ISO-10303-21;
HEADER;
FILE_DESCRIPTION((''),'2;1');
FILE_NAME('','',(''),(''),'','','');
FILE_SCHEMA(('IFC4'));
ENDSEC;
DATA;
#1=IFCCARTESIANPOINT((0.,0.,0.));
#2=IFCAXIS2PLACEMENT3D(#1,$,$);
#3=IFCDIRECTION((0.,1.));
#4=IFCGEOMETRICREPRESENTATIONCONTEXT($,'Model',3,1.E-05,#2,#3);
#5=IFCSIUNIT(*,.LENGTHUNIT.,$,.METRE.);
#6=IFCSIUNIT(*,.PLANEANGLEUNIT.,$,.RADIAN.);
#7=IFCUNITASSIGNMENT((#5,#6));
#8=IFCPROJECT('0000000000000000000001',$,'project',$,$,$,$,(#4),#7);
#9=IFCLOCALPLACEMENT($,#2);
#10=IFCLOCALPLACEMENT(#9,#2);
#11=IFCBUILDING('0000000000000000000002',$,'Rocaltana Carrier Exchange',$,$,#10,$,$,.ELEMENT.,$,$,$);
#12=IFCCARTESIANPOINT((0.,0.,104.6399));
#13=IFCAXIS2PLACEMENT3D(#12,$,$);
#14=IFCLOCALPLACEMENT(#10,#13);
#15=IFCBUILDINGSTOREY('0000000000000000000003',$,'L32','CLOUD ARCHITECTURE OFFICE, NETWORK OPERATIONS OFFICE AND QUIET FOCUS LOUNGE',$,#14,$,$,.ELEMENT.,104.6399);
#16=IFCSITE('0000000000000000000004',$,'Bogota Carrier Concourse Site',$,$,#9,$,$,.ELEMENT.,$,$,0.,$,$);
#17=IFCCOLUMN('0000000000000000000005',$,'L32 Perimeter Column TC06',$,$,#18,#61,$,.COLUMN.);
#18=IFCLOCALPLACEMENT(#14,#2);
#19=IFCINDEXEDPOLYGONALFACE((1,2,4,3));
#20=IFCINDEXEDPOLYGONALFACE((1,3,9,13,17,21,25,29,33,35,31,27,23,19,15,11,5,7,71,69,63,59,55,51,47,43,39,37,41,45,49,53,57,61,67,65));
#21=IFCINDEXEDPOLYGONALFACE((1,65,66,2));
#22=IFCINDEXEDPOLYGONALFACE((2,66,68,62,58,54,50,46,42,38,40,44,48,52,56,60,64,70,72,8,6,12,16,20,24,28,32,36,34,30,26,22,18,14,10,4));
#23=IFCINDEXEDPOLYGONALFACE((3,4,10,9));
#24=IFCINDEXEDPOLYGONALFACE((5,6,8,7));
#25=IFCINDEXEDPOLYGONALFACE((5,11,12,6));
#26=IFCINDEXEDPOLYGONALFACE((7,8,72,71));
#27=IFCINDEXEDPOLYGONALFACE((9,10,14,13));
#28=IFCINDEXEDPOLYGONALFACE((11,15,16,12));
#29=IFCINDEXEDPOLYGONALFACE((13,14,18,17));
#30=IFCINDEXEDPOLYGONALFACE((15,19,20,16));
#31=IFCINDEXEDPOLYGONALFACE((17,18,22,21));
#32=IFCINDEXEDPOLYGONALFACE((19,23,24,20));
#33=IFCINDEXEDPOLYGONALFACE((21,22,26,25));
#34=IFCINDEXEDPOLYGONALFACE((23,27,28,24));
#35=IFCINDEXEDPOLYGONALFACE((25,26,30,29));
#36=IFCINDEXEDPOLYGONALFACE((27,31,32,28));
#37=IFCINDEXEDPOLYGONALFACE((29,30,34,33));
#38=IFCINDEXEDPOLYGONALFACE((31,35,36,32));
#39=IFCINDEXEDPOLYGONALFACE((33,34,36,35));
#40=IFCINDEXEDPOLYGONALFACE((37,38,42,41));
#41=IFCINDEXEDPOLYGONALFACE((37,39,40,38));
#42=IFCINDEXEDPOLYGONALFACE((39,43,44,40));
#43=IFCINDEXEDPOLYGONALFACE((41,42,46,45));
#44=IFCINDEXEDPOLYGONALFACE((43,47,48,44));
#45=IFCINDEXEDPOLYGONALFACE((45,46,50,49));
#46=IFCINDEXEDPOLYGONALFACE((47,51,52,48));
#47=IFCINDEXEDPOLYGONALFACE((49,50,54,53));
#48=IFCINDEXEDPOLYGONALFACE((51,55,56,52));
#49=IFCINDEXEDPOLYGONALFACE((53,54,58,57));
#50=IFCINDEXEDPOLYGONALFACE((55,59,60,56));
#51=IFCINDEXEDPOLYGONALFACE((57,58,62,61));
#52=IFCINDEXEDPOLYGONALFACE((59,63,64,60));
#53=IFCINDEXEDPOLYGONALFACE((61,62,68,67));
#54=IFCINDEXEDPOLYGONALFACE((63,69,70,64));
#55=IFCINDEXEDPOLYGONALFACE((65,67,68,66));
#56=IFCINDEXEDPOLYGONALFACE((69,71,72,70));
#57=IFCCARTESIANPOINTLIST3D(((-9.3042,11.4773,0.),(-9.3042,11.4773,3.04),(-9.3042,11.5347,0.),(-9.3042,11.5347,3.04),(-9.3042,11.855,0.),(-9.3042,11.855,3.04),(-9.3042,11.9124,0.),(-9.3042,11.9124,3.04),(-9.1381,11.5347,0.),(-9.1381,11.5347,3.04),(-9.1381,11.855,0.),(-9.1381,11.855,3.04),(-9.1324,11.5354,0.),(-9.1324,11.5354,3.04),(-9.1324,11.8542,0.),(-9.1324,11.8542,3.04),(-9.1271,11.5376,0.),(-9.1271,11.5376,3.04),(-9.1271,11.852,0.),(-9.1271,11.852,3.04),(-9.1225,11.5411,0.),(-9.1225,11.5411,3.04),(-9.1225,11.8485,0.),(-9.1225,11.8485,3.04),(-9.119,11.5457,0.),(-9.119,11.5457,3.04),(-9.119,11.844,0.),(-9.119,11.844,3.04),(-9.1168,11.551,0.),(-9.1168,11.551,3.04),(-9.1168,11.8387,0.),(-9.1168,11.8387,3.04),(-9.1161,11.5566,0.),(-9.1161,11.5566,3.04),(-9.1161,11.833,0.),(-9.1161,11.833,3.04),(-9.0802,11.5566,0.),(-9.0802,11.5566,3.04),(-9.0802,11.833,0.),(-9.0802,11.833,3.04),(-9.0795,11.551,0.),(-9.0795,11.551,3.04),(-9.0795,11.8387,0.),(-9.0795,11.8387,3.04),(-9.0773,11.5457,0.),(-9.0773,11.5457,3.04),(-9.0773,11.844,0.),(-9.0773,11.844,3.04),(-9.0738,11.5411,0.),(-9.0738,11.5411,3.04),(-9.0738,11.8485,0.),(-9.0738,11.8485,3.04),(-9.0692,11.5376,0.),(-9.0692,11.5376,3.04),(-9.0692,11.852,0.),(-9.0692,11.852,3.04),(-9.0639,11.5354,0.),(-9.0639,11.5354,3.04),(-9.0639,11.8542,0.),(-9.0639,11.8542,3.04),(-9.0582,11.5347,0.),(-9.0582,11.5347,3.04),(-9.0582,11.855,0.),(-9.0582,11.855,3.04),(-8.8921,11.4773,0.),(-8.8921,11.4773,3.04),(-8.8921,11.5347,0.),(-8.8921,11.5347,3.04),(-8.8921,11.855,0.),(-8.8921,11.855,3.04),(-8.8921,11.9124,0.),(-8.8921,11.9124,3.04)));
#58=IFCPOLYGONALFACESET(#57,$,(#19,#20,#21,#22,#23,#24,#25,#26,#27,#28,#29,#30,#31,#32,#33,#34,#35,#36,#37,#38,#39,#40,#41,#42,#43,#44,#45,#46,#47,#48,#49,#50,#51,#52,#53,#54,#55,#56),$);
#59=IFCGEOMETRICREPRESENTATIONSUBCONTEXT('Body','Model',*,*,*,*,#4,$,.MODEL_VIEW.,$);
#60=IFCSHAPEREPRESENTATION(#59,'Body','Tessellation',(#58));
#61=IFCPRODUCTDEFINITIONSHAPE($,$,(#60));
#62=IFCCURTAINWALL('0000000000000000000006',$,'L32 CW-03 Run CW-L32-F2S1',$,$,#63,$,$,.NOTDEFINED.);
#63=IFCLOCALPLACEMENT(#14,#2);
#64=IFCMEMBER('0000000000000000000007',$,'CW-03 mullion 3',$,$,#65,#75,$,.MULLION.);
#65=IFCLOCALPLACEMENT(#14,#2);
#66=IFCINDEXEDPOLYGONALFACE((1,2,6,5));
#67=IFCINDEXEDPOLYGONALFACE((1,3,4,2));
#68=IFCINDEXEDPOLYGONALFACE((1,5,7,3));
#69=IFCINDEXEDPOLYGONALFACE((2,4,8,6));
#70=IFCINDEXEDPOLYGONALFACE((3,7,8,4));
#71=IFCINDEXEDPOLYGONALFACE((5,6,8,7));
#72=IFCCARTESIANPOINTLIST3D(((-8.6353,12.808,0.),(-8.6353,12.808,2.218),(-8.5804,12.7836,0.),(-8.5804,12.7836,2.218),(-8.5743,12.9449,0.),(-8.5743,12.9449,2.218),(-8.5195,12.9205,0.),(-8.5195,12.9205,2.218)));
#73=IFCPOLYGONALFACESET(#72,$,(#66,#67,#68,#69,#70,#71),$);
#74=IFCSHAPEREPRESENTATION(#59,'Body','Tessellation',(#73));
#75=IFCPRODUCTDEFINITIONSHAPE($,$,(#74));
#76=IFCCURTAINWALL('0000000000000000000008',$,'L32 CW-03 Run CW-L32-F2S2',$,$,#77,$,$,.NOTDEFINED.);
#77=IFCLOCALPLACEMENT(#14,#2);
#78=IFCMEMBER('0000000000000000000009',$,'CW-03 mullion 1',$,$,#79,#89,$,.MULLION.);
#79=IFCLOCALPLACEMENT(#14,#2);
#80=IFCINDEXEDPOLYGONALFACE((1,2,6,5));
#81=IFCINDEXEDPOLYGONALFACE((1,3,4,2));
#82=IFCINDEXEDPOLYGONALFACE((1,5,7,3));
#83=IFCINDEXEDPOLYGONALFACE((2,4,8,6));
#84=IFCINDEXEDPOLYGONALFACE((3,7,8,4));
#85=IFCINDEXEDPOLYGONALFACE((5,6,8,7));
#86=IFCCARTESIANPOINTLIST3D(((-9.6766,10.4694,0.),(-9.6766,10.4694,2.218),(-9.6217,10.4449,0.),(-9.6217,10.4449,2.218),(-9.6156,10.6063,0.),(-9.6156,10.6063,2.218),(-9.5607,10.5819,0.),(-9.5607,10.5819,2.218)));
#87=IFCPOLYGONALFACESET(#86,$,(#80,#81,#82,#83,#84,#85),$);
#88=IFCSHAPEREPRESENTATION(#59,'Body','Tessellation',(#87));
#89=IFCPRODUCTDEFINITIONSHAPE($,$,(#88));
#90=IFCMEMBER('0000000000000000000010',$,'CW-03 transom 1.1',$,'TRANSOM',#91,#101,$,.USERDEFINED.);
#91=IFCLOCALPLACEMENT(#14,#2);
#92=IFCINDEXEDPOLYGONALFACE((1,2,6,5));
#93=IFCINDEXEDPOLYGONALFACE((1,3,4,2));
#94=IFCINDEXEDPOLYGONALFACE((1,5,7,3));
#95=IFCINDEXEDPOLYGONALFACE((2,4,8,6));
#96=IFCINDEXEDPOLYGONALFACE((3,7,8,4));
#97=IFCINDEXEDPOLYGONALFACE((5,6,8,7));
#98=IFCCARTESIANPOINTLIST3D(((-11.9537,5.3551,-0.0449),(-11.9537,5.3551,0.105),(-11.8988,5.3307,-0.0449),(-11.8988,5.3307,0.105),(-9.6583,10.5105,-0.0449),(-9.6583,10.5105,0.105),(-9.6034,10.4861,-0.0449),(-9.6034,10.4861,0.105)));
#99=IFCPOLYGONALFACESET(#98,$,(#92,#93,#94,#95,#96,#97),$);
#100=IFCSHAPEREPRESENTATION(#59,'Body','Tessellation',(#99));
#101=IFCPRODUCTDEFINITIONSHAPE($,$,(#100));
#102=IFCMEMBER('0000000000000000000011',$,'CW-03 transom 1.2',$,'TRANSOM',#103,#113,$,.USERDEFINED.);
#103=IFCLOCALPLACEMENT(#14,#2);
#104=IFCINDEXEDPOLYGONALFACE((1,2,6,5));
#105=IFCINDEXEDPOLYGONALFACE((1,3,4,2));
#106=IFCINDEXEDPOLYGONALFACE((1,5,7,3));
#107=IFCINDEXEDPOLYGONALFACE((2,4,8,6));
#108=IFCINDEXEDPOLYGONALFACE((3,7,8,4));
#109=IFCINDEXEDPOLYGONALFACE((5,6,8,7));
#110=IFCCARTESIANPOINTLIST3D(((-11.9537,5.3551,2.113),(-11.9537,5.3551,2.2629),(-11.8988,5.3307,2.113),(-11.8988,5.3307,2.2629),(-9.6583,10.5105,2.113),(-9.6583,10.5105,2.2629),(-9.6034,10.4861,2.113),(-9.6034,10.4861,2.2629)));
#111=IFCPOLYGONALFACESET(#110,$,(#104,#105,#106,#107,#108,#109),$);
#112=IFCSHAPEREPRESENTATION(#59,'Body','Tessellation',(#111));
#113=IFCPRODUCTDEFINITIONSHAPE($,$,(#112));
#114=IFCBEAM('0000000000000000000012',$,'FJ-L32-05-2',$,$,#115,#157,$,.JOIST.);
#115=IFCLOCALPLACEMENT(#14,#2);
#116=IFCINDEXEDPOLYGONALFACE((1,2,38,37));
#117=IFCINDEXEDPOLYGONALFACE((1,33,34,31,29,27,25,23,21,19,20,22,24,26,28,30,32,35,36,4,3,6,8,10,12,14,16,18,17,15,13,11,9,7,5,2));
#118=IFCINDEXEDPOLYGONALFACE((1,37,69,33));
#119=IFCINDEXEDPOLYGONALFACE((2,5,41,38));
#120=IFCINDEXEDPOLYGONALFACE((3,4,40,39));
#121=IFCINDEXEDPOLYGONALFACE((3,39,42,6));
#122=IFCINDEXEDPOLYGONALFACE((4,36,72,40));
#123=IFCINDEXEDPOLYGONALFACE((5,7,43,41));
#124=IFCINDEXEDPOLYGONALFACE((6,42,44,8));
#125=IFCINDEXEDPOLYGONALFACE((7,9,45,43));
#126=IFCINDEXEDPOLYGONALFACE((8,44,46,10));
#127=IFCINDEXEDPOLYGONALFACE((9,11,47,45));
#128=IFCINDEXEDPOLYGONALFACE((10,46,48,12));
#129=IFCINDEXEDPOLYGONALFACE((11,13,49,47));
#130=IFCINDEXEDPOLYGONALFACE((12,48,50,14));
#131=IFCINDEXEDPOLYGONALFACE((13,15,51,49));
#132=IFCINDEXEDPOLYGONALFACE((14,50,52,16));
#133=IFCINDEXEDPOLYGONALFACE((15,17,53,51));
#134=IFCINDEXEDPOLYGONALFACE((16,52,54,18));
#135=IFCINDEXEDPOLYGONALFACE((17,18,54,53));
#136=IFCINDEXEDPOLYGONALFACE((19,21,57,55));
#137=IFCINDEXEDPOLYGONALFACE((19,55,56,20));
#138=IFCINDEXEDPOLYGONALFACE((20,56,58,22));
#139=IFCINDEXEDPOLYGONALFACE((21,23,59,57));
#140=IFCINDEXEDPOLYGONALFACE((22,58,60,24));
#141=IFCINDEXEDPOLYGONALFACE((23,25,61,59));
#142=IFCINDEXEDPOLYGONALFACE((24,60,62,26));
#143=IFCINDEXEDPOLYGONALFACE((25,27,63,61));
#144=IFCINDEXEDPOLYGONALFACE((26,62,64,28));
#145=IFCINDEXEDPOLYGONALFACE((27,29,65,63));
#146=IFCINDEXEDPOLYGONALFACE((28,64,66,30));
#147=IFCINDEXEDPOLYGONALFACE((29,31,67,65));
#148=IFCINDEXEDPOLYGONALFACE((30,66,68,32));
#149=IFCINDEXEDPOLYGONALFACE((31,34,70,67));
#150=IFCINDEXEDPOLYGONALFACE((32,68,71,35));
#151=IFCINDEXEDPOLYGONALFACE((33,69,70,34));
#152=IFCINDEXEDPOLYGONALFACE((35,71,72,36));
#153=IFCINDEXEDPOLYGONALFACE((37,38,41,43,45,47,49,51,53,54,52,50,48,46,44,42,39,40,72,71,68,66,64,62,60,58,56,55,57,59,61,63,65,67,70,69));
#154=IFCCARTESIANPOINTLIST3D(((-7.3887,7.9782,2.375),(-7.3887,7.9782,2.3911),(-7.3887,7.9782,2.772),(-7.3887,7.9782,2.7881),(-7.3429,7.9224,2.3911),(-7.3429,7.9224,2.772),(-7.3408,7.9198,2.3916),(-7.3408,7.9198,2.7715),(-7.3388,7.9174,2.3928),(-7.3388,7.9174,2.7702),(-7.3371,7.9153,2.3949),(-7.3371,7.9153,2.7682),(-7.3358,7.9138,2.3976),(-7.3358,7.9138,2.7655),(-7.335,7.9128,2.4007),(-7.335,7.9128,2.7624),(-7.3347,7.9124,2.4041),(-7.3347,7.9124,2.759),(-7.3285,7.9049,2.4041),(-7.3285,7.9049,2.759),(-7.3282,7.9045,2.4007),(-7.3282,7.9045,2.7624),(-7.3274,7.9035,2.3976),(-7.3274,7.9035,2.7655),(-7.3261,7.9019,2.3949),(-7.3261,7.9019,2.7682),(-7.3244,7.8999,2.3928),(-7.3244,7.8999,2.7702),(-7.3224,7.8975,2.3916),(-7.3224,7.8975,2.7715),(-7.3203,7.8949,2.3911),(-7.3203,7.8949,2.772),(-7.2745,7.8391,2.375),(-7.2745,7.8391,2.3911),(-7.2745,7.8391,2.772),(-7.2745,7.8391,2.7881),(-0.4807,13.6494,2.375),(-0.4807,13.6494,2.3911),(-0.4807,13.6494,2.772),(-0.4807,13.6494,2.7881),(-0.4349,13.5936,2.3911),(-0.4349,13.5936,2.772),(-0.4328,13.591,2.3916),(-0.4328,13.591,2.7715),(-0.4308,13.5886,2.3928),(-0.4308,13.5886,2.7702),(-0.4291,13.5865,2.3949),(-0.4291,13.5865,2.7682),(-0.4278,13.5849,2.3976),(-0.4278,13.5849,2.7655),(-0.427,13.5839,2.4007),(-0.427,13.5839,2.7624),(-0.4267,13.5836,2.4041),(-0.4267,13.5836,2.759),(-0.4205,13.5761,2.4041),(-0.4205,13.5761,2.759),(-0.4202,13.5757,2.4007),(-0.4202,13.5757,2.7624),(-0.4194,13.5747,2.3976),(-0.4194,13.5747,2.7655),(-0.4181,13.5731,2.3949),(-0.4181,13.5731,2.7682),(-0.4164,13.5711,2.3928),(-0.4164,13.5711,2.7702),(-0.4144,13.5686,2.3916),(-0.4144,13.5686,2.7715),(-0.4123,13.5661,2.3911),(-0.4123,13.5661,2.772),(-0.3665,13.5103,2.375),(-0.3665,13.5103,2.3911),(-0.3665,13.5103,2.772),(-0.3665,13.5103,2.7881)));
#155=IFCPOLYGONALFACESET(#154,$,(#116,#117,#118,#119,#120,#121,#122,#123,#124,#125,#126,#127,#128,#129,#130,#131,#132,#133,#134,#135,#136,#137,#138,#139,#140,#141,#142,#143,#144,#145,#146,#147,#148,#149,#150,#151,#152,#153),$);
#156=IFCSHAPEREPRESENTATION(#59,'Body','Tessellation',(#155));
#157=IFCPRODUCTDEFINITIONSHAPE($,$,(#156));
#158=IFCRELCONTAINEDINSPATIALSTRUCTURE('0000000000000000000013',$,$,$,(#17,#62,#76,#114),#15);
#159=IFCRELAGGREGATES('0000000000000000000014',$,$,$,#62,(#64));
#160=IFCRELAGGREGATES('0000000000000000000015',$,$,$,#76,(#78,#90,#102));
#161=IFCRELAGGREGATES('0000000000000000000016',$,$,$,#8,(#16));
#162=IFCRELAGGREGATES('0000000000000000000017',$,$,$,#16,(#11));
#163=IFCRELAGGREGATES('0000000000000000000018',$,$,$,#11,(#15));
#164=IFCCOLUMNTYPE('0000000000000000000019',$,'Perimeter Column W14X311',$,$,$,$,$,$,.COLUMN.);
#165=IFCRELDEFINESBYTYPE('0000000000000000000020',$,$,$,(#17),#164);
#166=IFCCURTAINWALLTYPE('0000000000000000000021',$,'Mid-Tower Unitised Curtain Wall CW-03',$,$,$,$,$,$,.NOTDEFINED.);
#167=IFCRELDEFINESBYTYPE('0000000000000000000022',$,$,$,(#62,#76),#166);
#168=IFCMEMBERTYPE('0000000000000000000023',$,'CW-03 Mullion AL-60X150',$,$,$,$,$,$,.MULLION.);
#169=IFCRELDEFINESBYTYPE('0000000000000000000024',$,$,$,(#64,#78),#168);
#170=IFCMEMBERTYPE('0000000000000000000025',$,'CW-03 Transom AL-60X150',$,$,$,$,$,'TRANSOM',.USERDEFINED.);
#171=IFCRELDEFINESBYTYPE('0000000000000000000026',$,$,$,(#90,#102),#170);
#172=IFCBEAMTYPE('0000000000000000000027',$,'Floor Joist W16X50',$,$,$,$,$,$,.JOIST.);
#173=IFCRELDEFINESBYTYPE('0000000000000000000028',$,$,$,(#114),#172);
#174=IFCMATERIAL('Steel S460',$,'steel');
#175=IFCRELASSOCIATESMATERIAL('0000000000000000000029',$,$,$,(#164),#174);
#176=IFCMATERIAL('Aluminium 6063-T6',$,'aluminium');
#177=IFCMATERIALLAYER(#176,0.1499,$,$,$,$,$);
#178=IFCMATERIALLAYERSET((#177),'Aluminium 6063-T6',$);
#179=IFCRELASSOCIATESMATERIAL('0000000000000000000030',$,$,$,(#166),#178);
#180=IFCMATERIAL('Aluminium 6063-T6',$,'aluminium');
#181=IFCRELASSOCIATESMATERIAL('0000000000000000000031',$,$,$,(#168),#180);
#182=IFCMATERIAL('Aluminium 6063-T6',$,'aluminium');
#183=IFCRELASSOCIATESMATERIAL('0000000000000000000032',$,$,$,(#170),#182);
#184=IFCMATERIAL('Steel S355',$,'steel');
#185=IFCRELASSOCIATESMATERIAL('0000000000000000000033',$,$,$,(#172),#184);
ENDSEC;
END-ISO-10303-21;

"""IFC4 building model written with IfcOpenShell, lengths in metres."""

from ifc_helpers import new_model, si_unit, direction, frame, origin, origin_2d, place, context, subcontext, project, spatial, rectangle, i_section, extrude, material, layer, layer_set, material_profile, profile_set, type_object, element, aggregate, save


model = new_model("IFC4")

# Units and contexts
model_context = context("Model", 3, precision=1e-05, world=origin(), true_north=direction((0.0, 1.0)))
body_context = subcontext(model_context, "Body", "Model", "MODEL_VIEW")
ifc_project = project(units=[si_unit("LENGTHUNIT", "METRE"), si_unit("PLANEANGLEUNIT", "RADIAN")], contexts=[model_context])

# Site, building, storey
site_placement = place(None, origin())
site = spatial("IfcSite", under=ifc_project, at=site_placement, Name="Bogota Carrier Concourse Site", CompositionType="ELEMENT", RefElevation=0.0)
building_placement = place(site_placement, origin())
building = spatial("IfcBuilding", under=site, at=building_placement, Name="Rocaltana Carrier Exchange", CompositionType="ELEMENT")
storey_placement = place(building_placement, frame((0.0, 0.0, 104.6399)))
storey = spatial("IfcBuildingStorey", under=building, at=storey_placement, Name="L32", Description="CLOUD ARCHITECTURE OFFICE, NETWORK OPERATIONS OFFICE AND QUIET FOCUS LOUNGE", CompositionType="ELEMENT", Elevation=104.6399)

# Column
ifc_material_1 = material(Name="Steel S460", Category="steel")
ifc_material_profile_1 = material_profile(ifc_material_1, i_section(OverallWidth=0.4121, OverallDepth=0.4351, WebThickness=0.0359, FlangeThickness=0.0574, FilletRadius=0.022, at=origin_2d()), Name="W14X311")
ifc_profile_set_1 = profile_set([ifc_material_profile_1], Name="Steel S460")
column_type = type_object("IfcColumnType", Name="Perimeter Column W14X311", PredefinedType="COLUMN", material=ifc_profile_set_1)
column_placement = place(storey_placement, frame((-9.0981, 11.6948, 0.0), z_axis=(0.0, 0.0, 1.0), x_axis=(1.0, 0.0, 0.0)))
element("IfcColumn", 1, at=column_placement, inside=storey, type_object=column_type, Name="L32 Perimeter Column TC06", PredefinedType="COLUMN", context=body_context, shape_type="SweptSolid", body=[
    extrude(i_section(OverallWidth=0.4121, OverallDepth=0.4351, WebThickness=0.0359, FlangeThickness=0.0574, FilletRadius=0.022, at=origin_2d()), origin(), (0.0, 0.0, 1.0), 3.04),
])

# Curtain wall, member
ifc_material_2 = material(Name="Aluminium 6063-T6", Category="aluminium")
ifc_layer_1 = layer(ifc_material_2, 0.1499)
ifc_layer_set_1 = layer_set([ifc_layer_1], Name="Aluminium 6063-T6")
curtain_wall_type = type_object("IfcCurtainWallType", Name="Mid-Tower Unitised Curtain Wall CW-03", PredefinedType="NOTDEFINED", material=ifc_layer_set_1)
curtain_wall_1_placement = place(storey_placement, origin())
curtain_wall_1 = element("IfcCurtainWall", 2, at=curtain_wall_1_placement, inside=storey, type_object=curtain_wall_type, Name="L32 CW-03 Run CW-L32-F2S1", PredefinedType="NOTDEFINED")
ifc_material_3 = material(Name="Aluminium 6063-T6", Category="aluminium")
ifc_material_profile_2 = material_profile(ifc_material_3, rectangle(XDim=0.0601, YDim=0.1499, at=origin_2d()), Name="AL-60X150")
ifc_profile_set_2 = profile_set([ifc_material_profile_2], Name="Aluminium 6063-T6")
member_type_1 = type_object("IfcMemberType", Name="CW-03 Mullion AL-60X150", PredefinedType="MULLION", material=ifc_profile_set_2)
member_1_placement = place(storey_placement, frame((-8.5774, 12.8643, 0.0), z_axis=(0.0, 0.0, 1.0), x_axis=(0.913544, -0.40674, 0.0)))
member_1 = element("IfcMember", 3, at=member_1_placement, type_object=member_type_1, Name="CW-03 mullion 3", PredefinedType="MULLION", context=body_context, shape_type="SweptSolid", body=[
    extrude(rectangle(XDim=0.0601, YDim=0.1499, at=origin_2d()), origin(), (0.0, 0.0, 1.0), 2.218),
])

# Curtain wall, members
curtain_wall_2_placement = place(storey_placement, origin())
curtain_wall_2 = element("IfcCurtainWall", 4, at=curtain_wall_2_placement, inside=storey, type_object=curtain_wall_type, Name="L32 CW-03 Run CW-L32-F2S2", PredefinedType="NOTDEFINED")
member_2_placement = place(storey_placement, frame((-9.6187, 10.5256, 0.0), z_axis=(0.0, 0.0, 1.0), x_axis=(0.913542, -0.406744, 0.0)))
member_2 = element("IfcMember", 5, at=member_2_placement, type_object=member_type_1, Name="CW-03 mullion 1", PredefinedType="MULLION", context=body_context, shape_type="SweptSolid", body=[
    extrude(rectangle(XDim=0.0601, YDim=0.1499, at=origin_2d()), origin(), (0.0, 0.0, 1.0), 2.218),
])
ifc_material_4 = material(Name="Aluminium 6063-T6", Category="aluminium")
ifc_material_profile_3 = material_profile(ifc_material_4, rectangle(XDim=0.0601, YDim=0.1499, at=origin_2d()), Name="AL-60X150")
ifc_profile_set_3 = profile_set([ifc_material_profile_3], Name="Aluminium 6063-T6")
member_type_2 = type_object("IfcMemberType", Name="CW-03 Transom AL-60X150", ElementType="TRANSOM", PredefinedType="USERDEFINED", material=ifc_profile_set_3)
member_3_placement = place(storey_placement, frame((-9.6309, 10.4983, 0.03), z_axis=(-0.40674, -0.913544, 0.0), x_axis=(0.913544, -0.40674, 0.0)))
member_3 = element("IfcMember", 6, at=member_3_placement, type_object=member_type_2, Name="CW-03 transom 1.1", ObjectType="TRANSOM", PredefinedType="USERDEFINED", context=body_context, shape_type="SweptSolid", body=[
    extrude(rectangle(XDim=0.0601, YDim=0.1499, at=origin_2d()), origin(), (0.0, 0.0, 1.0), 5.6433),
])
member_4_placement = place(storey_placement, frame((-9.6309, 10.4983, 2.188), z_axis=(-0.40674, -0.913544, 0.0), x_axis=(0.913544, -0.40674, 0.0)))
member_4 = element("IfcMember", 7, at=member_4_placement, type_object=member_type_2, Name="CW-03 transom 1.2", ObjectType="TRANSOM", PredefinedType="USERDEFINED", context=body_context, shape_type="SweptSolid", body=[
    extrude(rectangle(XDim=0.0601, YDim=0.1499, at=origin_2d()), origin(), (0.0, 0.0, 1.0), 5.6433),
])

# Beam
ifc_material_5 = material(Name="Steel S355", Category="steel")
ifc_material_profile_4 = material_profile(ifc_material_5, i_section(OverallWidth=0.1799, OverallDepth=0.4131, WebThickness=0.0098, FlangeThickness=0.0161, FilletRadius=0.0129, at=origin_2d()), Name="W16X50")
ifc_profile_set_4 = profile_set([ifc_material_profile_4], Name="Steel S355")
beam_type_1 = type_object("IfcBeamType", Name="Floor Joist W16X50", PredefinedType="JOIST", material=ifc_profile_set_4)
beam_1_placement = place(storey_placement, frame((-0.4236, 13.5798, 2.5815), z_axis=(-0.772905, -0.634522, 0.0), x_axis=(0.634522, -0.772905, 0.0)))
element("IfcBeam", 8, at=beam_1_placement, inside=storey, type_object=beam_type_1, Name="FJ-L32-05-2", PredefinedType="JOIST", context=body_context, shape_type="SweptSolid", body=[
    extrude(i_section(OverallWidth=0.1799, OverallDepth=0.4131, WebThickness=0.0098, FlangeThickness=0.0161, FilletRadius=0.0129, at=origin_2d()), origin(), (0.0, 0.0, 1.0), 8.9377),
])

aggregate(curtain_wall_1, [member_1])
aggregate(curtain_wall_2, [member_2, member_3, member_4])

save(model, "model.ifc")
